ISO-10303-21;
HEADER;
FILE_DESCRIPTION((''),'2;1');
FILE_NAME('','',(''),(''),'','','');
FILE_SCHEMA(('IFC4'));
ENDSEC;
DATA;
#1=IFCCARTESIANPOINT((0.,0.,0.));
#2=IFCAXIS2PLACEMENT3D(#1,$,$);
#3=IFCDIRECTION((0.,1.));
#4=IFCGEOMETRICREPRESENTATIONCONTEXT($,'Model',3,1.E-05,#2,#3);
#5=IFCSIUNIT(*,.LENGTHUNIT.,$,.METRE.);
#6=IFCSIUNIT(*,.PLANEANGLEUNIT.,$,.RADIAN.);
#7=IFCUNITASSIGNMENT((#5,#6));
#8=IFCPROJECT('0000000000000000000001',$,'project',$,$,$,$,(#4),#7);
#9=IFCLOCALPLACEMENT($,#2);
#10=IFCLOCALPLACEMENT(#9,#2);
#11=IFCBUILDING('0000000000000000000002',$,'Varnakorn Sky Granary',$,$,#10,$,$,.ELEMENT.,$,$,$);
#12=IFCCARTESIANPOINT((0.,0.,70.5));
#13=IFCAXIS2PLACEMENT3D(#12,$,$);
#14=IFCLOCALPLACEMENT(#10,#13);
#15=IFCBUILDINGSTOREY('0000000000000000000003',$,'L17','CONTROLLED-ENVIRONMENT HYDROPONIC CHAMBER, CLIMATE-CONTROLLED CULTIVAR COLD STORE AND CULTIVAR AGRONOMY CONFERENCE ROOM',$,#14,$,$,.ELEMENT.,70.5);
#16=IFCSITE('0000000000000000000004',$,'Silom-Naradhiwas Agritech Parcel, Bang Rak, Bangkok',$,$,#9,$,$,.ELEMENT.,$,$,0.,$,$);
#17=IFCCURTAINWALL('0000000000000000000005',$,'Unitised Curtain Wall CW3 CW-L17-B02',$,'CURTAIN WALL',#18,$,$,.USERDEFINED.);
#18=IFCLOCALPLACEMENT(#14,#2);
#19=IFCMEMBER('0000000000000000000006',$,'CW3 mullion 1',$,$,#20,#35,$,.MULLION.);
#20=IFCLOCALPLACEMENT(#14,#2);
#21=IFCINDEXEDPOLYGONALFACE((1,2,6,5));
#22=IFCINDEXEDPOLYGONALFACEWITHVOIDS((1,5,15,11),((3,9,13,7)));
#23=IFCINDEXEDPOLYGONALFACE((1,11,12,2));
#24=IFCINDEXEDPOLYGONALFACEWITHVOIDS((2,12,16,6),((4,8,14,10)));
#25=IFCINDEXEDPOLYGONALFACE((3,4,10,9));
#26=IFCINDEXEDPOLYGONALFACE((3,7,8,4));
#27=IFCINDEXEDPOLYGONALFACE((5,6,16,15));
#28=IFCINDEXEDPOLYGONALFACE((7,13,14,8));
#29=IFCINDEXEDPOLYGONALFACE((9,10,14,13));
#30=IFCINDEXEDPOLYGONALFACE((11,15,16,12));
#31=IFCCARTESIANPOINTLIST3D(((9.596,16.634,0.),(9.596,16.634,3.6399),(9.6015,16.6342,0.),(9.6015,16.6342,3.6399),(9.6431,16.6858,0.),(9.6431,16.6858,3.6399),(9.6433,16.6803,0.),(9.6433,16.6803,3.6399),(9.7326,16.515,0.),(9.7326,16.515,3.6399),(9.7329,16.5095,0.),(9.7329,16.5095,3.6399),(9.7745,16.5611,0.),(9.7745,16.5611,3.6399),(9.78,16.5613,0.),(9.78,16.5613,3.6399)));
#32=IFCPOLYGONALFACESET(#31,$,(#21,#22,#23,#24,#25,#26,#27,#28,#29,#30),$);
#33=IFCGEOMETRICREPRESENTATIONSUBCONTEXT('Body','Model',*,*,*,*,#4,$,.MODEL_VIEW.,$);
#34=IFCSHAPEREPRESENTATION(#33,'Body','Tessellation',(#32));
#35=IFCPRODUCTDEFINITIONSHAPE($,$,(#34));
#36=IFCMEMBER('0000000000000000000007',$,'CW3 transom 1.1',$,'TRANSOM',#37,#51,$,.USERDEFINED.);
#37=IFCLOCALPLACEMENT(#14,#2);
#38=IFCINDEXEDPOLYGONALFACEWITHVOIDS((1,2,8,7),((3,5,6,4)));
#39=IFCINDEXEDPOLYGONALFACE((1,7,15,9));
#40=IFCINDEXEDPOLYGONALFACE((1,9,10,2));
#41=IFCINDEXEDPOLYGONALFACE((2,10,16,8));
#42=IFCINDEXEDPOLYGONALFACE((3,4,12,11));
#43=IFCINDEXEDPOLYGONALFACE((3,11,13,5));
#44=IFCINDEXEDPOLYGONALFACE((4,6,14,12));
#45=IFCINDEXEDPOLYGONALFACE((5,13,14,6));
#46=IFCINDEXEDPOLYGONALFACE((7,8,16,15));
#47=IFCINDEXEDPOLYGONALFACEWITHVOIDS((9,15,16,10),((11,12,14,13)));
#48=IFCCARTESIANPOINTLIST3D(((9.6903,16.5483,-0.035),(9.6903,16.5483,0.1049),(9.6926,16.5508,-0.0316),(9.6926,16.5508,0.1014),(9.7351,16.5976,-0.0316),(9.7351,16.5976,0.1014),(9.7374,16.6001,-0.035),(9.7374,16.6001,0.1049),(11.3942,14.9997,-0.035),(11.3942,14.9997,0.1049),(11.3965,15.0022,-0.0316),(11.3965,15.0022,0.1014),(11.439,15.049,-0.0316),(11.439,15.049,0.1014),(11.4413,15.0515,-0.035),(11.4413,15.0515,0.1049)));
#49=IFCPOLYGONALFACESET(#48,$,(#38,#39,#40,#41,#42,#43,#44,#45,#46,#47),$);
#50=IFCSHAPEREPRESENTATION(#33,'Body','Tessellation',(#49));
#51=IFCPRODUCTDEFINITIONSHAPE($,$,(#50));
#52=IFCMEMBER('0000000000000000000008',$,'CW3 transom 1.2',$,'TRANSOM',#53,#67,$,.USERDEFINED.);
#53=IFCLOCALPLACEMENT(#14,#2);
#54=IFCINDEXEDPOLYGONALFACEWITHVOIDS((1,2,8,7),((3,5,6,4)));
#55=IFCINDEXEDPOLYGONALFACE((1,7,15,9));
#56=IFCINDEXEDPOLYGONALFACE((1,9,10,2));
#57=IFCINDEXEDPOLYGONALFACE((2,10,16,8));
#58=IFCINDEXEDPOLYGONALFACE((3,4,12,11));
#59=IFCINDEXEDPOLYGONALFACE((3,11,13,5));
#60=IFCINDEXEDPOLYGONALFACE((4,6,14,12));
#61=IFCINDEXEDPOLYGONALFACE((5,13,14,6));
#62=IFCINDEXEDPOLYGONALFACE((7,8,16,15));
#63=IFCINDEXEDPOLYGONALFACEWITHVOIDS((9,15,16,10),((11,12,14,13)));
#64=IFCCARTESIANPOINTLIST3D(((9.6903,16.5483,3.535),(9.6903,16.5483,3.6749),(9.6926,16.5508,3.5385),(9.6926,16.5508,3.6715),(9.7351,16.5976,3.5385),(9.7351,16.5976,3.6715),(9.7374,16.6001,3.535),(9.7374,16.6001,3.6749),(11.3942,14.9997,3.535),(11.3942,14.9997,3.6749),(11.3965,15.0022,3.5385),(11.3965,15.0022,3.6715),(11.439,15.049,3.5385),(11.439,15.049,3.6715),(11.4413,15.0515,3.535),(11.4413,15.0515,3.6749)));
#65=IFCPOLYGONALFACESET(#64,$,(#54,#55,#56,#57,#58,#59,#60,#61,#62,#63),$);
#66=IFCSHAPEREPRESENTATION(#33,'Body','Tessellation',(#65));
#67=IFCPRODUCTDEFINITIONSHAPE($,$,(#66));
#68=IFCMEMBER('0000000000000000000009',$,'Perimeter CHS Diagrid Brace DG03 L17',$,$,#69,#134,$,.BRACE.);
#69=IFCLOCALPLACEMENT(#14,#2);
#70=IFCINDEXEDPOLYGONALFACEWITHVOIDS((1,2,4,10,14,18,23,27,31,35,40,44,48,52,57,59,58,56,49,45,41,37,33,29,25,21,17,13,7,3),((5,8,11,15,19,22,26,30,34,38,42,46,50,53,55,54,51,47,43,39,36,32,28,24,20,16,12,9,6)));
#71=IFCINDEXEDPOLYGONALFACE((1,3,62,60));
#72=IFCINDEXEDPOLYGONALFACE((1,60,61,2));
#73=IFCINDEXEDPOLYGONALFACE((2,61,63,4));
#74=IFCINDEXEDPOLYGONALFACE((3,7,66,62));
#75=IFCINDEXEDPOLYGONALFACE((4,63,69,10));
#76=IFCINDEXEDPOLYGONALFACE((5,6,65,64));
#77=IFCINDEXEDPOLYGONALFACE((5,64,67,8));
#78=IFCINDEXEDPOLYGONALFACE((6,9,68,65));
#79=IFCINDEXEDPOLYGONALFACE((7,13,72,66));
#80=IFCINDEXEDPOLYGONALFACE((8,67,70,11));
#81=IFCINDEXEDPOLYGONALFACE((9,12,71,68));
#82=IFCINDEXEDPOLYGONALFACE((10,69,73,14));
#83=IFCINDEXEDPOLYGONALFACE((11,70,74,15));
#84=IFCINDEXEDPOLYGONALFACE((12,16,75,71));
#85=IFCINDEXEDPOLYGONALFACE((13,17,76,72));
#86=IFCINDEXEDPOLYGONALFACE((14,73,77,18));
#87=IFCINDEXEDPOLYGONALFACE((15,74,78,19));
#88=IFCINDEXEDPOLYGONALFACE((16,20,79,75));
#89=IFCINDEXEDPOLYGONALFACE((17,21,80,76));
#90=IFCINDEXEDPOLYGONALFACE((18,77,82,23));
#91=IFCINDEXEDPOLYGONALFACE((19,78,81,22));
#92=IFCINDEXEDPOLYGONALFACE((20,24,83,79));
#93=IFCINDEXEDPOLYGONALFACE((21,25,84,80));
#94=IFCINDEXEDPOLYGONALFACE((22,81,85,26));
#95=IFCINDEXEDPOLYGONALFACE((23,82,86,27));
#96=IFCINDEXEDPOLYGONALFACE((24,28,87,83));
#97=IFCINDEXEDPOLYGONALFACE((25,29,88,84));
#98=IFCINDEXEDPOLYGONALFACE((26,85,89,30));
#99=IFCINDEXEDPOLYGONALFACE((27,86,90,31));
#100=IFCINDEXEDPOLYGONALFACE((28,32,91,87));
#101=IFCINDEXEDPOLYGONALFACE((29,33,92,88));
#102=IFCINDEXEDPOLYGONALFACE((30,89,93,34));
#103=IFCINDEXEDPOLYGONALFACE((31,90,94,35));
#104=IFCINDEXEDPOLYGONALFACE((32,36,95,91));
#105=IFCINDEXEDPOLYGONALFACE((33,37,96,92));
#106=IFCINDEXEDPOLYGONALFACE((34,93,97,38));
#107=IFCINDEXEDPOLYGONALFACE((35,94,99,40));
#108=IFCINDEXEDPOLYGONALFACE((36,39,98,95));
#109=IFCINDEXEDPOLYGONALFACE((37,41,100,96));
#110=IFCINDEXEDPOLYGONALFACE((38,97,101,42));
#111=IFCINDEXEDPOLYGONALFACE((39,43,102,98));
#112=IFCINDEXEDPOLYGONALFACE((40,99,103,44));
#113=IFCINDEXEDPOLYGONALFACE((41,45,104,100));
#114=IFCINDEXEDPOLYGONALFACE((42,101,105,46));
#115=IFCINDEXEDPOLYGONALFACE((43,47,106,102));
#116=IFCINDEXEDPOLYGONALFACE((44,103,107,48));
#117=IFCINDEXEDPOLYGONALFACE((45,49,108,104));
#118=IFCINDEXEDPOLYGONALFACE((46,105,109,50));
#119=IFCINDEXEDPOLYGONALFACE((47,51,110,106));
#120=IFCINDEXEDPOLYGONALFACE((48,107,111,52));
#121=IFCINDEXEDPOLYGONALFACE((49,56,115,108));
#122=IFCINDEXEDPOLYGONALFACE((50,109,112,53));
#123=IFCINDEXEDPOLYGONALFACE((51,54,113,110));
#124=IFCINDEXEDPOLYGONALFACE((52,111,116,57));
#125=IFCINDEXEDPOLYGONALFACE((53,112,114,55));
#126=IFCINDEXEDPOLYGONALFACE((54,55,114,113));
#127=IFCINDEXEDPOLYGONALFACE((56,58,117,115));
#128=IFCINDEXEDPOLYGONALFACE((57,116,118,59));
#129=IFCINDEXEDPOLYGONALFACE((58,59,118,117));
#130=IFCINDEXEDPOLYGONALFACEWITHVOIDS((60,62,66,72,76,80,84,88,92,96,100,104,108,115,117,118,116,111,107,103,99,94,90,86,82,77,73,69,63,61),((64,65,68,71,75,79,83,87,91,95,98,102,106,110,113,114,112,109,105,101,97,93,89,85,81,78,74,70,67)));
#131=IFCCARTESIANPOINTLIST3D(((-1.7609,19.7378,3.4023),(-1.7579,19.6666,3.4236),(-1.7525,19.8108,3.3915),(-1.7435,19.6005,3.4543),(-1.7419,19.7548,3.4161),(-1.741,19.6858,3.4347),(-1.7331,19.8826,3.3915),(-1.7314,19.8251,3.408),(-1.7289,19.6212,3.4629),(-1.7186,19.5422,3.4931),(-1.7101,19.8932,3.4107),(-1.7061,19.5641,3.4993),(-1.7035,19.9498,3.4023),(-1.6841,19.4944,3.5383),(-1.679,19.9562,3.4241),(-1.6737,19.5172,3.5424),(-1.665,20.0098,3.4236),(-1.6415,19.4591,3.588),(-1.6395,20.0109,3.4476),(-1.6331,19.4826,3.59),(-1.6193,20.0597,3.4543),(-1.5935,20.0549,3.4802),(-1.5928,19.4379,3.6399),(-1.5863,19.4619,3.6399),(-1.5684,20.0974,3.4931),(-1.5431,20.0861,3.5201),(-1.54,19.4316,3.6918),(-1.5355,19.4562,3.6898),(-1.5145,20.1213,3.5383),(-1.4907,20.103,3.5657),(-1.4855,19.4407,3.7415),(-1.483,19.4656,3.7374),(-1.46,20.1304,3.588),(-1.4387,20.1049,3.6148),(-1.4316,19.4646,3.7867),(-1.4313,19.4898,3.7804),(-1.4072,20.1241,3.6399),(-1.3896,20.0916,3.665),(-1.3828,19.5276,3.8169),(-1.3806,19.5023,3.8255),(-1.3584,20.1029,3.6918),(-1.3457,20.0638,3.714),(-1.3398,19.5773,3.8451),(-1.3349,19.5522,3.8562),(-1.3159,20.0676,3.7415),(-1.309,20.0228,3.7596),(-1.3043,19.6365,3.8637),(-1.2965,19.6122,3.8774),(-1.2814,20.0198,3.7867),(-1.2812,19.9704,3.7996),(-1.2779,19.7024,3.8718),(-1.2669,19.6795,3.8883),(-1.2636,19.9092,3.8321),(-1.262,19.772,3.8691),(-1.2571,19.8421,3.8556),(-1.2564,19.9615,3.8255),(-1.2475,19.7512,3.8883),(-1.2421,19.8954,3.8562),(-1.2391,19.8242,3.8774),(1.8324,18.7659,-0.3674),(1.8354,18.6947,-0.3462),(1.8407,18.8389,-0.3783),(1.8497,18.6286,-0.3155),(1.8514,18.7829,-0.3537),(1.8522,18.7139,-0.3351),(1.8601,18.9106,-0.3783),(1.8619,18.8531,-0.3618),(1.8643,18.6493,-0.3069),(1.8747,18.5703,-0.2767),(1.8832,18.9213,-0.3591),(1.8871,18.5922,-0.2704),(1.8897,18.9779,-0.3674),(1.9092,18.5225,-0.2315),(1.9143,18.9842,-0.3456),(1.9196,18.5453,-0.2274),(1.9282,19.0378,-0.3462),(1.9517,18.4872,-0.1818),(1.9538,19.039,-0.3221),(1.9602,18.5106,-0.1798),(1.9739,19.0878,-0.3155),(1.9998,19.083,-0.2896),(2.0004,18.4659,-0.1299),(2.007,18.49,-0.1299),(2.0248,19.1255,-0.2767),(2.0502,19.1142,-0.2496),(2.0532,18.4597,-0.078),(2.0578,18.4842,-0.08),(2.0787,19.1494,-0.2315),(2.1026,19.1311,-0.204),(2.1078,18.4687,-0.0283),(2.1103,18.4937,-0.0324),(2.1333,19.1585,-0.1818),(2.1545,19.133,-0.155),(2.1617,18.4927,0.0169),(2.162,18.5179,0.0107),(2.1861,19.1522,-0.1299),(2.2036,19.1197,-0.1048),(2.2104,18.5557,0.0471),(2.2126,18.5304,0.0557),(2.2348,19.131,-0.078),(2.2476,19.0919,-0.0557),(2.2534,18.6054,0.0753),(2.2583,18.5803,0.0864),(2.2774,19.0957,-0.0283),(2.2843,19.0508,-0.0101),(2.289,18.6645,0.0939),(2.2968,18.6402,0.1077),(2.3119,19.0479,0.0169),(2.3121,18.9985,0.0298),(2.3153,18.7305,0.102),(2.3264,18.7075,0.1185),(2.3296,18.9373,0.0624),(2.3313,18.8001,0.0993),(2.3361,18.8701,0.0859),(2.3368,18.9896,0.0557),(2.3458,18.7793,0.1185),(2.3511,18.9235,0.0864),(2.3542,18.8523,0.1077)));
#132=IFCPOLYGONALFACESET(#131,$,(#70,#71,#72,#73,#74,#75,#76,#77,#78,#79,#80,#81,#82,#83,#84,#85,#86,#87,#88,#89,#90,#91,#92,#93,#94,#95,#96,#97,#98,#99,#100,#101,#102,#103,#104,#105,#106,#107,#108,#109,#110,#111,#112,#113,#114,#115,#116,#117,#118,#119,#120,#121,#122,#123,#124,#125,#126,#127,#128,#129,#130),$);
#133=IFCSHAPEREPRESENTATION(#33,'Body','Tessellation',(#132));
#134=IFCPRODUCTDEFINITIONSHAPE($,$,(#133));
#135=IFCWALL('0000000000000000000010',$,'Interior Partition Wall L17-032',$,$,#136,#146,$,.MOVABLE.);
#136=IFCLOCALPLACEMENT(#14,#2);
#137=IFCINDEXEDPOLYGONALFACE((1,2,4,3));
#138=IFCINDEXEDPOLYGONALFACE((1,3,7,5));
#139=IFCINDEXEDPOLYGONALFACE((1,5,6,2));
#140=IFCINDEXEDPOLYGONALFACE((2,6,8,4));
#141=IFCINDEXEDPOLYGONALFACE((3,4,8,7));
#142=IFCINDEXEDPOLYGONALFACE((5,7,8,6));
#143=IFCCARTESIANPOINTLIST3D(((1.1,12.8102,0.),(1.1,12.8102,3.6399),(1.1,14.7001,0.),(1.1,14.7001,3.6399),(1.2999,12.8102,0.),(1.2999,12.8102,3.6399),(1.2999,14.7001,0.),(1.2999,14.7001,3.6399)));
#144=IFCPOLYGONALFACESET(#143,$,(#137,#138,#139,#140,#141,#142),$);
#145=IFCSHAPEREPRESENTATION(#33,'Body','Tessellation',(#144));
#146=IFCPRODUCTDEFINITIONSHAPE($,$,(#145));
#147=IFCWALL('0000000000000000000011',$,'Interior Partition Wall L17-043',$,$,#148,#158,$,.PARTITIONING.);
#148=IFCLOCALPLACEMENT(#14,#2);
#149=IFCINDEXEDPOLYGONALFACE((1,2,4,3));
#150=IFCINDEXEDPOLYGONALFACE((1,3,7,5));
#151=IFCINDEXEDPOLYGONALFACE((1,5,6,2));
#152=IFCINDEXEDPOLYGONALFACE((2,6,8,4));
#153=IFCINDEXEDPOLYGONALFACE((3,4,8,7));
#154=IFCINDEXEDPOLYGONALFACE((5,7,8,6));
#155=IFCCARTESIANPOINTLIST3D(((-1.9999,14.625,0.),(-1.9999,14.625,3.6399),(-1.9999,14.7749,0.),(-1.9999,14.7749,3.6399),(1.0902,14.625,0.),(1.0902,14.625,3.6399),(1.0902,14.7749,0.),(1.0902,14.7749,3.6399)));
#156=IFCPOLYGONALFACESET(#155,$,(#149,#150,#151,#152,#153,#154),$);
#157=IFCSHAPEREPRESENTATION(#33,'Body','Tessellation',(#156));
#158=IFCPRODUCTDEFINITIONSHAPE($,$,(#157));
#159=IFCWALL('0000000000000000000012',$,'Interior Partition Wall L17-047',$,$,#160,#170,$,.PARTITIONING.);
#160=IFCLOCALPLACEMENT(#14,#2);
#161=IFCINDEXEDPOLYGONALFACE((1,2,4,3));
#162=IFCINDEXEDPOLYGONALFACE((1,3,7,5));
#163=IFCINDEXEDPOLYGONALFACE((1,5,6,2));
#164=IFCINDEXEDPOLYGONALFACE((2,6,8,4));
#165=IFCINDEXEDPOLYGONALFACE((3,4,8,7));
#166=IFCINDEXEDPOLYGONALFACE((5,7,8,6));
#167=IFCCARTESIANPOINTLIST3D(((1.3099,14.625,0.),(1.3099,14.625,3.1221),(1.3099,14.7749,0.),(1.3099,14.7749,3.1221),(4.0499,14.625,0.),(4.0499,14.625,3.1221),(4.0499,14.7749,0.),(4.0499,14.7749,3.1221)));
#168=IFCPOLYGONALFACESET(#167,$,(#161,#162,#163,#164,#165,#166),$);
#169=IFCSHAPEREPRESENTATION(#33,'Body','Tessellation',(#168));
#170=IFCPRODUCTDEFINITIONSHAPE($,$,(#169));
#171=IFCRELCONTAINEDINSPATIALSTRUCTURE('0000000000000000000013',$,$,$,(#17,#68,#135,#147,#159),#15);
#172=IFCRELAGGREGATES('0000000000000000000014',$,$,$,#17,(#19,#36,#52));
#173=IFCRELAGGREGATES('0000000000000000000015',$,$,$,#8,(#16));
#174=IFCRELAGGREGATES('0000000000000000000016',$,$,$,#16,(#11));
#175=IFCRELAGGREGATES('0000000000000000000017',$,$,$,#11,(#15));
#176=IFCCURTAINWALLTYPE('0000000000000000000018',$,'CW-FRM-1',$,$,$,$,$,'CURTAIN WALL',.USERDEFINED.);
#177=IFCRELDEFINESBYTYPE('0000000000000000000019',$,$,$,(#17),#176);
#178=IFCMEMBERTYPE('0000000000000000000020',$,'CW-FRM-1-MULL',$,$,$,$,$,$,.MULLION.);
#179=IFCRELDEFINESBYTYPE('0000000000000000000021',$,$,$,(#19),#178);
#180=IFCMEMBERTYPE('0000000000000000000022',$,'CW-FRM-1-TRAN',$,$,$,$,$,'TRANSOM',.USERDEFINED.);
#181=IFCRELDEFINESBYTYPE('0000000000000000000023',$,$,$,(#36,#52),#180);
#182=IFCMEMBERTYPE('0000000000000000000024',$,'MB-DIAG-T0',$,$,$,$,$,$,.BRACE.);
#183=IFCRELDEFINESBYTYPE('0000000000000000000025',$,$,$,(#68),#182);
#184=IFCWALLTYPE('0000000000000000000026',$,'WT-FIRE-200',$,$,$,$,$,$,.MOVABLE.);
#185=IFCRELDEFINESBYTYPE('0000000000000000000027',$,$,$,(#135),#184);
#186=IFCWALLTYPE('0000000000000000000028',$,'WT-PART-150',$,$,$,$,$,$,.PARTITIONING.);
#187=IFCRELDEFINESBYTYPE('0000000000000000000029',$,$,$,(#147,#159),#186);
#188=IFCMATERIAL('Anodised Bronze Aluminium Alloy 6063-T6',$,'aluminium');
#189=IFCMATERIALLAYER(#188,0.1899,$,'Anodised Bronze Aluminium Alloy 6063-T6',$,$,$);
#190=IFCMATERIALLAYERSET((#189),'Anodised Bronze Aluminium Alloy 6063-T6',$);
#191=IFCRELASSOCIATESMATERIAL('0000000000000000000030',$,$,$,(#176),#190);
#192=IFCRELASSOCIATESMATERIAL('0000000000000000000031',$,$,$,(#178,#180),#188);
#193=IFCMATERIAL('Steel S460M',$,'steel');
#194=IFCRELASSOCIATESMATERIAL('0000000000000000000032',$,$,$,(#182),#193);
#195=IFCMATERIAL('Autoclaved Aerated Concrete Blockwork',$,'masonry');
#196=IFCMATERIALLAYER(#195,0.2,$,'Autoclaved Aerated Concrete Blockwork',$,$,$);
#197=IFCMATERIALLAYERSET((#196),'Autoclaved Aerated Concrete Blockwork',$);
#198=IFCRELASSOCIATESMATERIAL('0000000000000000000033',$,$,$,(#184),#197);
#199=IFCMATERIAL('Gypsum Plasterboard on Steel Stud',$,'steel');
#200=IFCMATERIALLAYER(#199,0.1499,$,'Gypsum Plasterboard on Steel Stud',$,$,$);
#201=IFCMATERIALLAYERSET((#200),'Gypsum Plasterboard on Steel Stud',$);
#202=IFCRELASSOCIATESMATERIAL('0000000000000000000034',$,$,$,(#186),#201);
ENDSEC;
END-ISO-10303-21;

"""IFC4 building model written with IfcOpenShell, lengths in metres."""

from ifc_helpers import new_model, si_unit, direction, frame, frame_2d, origin, origin_2d, place, context, subcontext, project, spatial, rectangle, hollow_rectangle, hollow_circle, extrude, material, layer, layer_set, material_profile, profile_set, type_object, element, aggregate, save


model = new_model("IFC4")

# Units and contexts
model_context = context("Model", 3, precision=1e-05, world=origin(), true_north=direction((0.0, 1.0)))
body_context = subcontext(model_context, "Body", "Model", "MODEL_VIEW")
ifc_project = project(units=[si_unit("LENGTHUNIT", "METRE"), si_unit("PLANEANGLEUNIT", "RADIAN")], contexts=[model_context])

# Site, building, storey
site_placement = place(None, origin())
site = spatial("IfcSite", under=ifc_project, at=site_placement, Name="Silom-Naradhiwas Agritech Parcel, Bang Rak, Bangkok", CompositionType="ELEMENT", RefElevation=0.0)
building_placement = place(site_placement, origin())
building = spatial("IfcBuilding", under=site, at=building_placement, Name="Varnakorn Sky Granary", CompositionType="ELEMENT")
storey_placement = place(building_placement, frame((0.0, 0.0, 70.5)))
storey = spatial("IfcBuildingStorey", under=building, at=storey_placement, Name="L17", Description="CONTROLLED-ENVIRONMENT HYDROPONIC CHAMBER, CLIMATE-CONTROLLED CULTIVAR COLD STORE AND CULTIVAR AGRONOMY CONFERENCE ROOM", CompositionType="ELEMENT", Elevation=70.5)

# Shared definitions
ifc_material_1 = material(Name="Steel S460M", Category="steel")

# Curtain wall, members
ifc_material_2 = material(Name="Anodised Bronze Aluminium Alloy 6063-T6", Category="aluminium")
ifc_layer_1 = layer(ifc_material_2, 0.1899, Name="Anodised Bronze Aluminium Alloy 6063-T6")
ifc_layer_set_1 = layer_set([ifc_layer_1], Name="Anodised Bronze Aluminium Alloy 6063-T6")
curtain_wall_type = type_object("IfcCurtainWallType", Name="CW-FRM-1", ElementType="CURTAIN WALL", PredefinedType="USERDEFINED", material=ifc_layer_set_1)
curtain_wall_placement = place(storey_placement, origin())
curtain_wall = element("IfcCurtainWall", 1, at=curtain_wall_placement, inside=storey, type_object=curtain_wall_type, Name="Unitised Curtain Wall CW3 CW-L17-B02", ObjectType="CURTAIN WALL", PredefinedType="USERDEFINED")
ifc_material_profile_1 = material_profile(ifc_material_2, hollow_rectangle(XDim=0.0701, YDim=0.1851, WallThickness=0.0039, at=origin_2d()), Name="ALU MULL 70x185")
ifc_profile_set_1 = profile_set([ifc_material_profile_1], Name="Anodised Bronze Aluminium Alloy 6063-T6")
member_type_1 = type_object("IfcMemberType", Name="CW-FRM-1-MULL", PredefinedType="MULLION", material=ifc_profile_set_1)
member_1_placement = place(storey_placement, frame((9.688, 16.5977, 0.0), z_axis=(0.0, 0.0, 1.0), x_axis=(0.672582, 0.740022, 0.0)))
member_1 = element("IfcMember", 2, at=member_1_placement, type_object=member_type_1, Name="CW3 mullion 1", PredefinedType="MULLION", context=body_context, shape_type="SweptSolid", body=[
    extrude(hollow_rectangle(XDim=0.0701, YDim=0.1851, WallThickness=0.0039, at=origin_2d()), origin(), (0.0, 0.0, 1.0), 3.6399),
])
ifc_material_profile_2 = material_profile(ifc_material_2, hollow_rectangle(XDim=0.0701, YDim=0.1399, WallThickness=0.0034, at=origin_2d()), Name="ALU TRAN 70x140")
ifc_profile_set_2 = profile_set([ifc_material_profile_2], Name="Anodised Bronze Aluminium Alloy 6063-T6")
member_type_2 = type_object("IfcMemberType", Name="CW-FRM-1-TRAN", ElementType="TRANSOM", PredefinedType="USERDEFINED", material=ifc_profile_set_2)
member_2_placement = place(storey_placement, frame((9.7139, 16.5742, 0.0349), z_axis=(0.740022, -0.672583, 0.0), x_axis=(0.672583, 0.740022, 0.0)))
member_2 = element("IfcMember", 3, at=member_2_placement, type_object=member_type_2, Name="CW3 transom 1.1", ObjectType="TRANSOM", PredefinedType="USERDEFINED", context=body_context, shape_type="SweptSolid", body=[
    extrude(hollow_rectangle(XDim=0.0701, YDim=0.1399, WallThickness=0.0034, at=origin_2d()), origin(), (0.0, 0.0, 1.0), 2.3025),
])
member_3_placement = place(storey_placement, frame((9.7139, 16.5742, 3.605), z_axis=(0.740022, -0.672583, 0.0), x_axis=(0.672583, 0.740022, 0.0)))
member_3 = element("IfcMember", 4, at=member_3_placement, type_object=member_type_2, Name="CW3 transom 1.2", ObjectType="TRANSOM", PredefinedType="USERDEFINED", context=body_context, shape_type="SweptSolid", body=[
    extrude(hollow_rectangle(XDim=0.0701, YDim=0.1399, WallThickness=0.0034, at=origin_2d()), origin(), (0.0, 0.0, 1.0), 2.3025),
])
aggregate(curtain_wall, [member_1, member_2, member_3])

# Member
ifc_material_profile_3 = material_profile(ifc_material_1, hollow_circle(Radius=0.3555, WallThickness=0.0249, at=origin_2d()), Name="CHS 711x25")
ifc_profile_set_3 = profile_set([ifc_material_profile_3], Name="Steel S460M")
member_type_3 = type_object("IfcMemberType", Name="MB-DIAG-T0", PredefinedType="BRACE", material=ifc_profile_set_3)
member_4_placement = place(storey_placement, frame((2.0933, 18.8091, -0.1299), z_axis=(-0.678247, 0.183456, 0.711565), x_axis=(-0.261102, -0.965311, 0.0)))
element("IfcMember", 5, at=member_4_placement, inside=storey, type_object=member_type_3, Name="Perimeter CHS Diagrid Brace DG03 L17", PredefinedType="BRACE", context=body_context, shape_type="SweptSolid", body=[
    extrude(hollow_circle(Radius=0.3555, WallThickness=0.0249, at=origin_2d()), origin(), (0.0, 0.0, 1.0), 5.2979),
])

# Walls
ifc_material_3 = material(Name="Autoclaved Aerated Concrete Blockwork", Category="masonry")
ifc_layer_2 = layer(ifc_material_3, 0.2, Name="Autoclaved Aerated Concrete Blockwork")
ifc_layer_set_2 = layer_set([ifc_layer_2], Name="Autoclaved Aerated Concrete Blockwork")
wall_type_1 = type_object("IfcWallType", Name="WT-FIRE-200", PredefinedType="MOVABLE", material=ifc_layer_set_2)
wall_1_placement = place(storey_placement, frame((1.2, 14.7, 0.0), z_axis=(0.0, 0.0, 1.0), x_axis=(0.0, -1.0, 0.0)))
element("IfcWall", 6, at=wall_1_placement, inside=storey, type_object=wall_type_1, Name="Interior Partition Wall L17-032", PredefinedType="MOVABLE", context=body_context, shape_type="SweptSolid", body=[
    extrude(rectangle(XDim=1.8899, YDim=0.2, at=frame_2d((0.9448, 0.0))), origin(), (0.0, 0.0, 1.0), 3.6399),
])
ifc_material_4 = material(Name="Gypsum Plasterboard on Steel Stud", Category="steel")
ifc_layer_3 = layer(ifc_material_4, 0.1499, Name="Gypsum Plasterboard on Steel Stud")
ifc_layer_set_3 = layer_set([ifc_layer_3], Name="Gypsum Plasterboard on Steel Stud")
wall_type_2 = type_object("IfcWallType", Name="WT-PART-150", PredefinedType="PARTITIONING", material=ifc_layer_set_3)
wall_2_placement = place(storey_placement, frame((1.0901, 14.7, 0.0), z_axis=(0.0, 0.0, 1.0), x_axis=(-1.0, 0.0, 0.0)))
element("IfcWall", 7, at=wall_2_placement, inside=storey, type_object=wall_type_2, Name="Interior Partition Wall L17-043", PredefinedType="PARTITIONING", context=body_context, shape_type="SweptSolid", body=[
    extrude(rectangle(XDim=3.0901, YDim=0.1499, at=frame_2d((1.5449, 0.0))), origin(), (0.0, 0.0, 1.0), 3.6399),
])
wall_3_placement = place(storey_placement, frame((4.05, 14.7, 0.0), z_axis=(0.0, 0.0, 1.0), x_axis=(-1.0, 0.0, 0.0)))
element("IfcWall", 8, at=wall_3_placement, inside=storey, type_object=wall_type_2, Name="Interior Partition Wall L17-047", PredefinedType="PARTITIONING", context=body_context, shape_type="SweptSolid", body=[
    extrude(rectangle(XDim=2.74, YDim=0.1499, at=frame_2d((1.3701, 0.0))), origin(), (0.0, 0.0, 1.0), 3.1221),
])

save(model, "model.ifc")
